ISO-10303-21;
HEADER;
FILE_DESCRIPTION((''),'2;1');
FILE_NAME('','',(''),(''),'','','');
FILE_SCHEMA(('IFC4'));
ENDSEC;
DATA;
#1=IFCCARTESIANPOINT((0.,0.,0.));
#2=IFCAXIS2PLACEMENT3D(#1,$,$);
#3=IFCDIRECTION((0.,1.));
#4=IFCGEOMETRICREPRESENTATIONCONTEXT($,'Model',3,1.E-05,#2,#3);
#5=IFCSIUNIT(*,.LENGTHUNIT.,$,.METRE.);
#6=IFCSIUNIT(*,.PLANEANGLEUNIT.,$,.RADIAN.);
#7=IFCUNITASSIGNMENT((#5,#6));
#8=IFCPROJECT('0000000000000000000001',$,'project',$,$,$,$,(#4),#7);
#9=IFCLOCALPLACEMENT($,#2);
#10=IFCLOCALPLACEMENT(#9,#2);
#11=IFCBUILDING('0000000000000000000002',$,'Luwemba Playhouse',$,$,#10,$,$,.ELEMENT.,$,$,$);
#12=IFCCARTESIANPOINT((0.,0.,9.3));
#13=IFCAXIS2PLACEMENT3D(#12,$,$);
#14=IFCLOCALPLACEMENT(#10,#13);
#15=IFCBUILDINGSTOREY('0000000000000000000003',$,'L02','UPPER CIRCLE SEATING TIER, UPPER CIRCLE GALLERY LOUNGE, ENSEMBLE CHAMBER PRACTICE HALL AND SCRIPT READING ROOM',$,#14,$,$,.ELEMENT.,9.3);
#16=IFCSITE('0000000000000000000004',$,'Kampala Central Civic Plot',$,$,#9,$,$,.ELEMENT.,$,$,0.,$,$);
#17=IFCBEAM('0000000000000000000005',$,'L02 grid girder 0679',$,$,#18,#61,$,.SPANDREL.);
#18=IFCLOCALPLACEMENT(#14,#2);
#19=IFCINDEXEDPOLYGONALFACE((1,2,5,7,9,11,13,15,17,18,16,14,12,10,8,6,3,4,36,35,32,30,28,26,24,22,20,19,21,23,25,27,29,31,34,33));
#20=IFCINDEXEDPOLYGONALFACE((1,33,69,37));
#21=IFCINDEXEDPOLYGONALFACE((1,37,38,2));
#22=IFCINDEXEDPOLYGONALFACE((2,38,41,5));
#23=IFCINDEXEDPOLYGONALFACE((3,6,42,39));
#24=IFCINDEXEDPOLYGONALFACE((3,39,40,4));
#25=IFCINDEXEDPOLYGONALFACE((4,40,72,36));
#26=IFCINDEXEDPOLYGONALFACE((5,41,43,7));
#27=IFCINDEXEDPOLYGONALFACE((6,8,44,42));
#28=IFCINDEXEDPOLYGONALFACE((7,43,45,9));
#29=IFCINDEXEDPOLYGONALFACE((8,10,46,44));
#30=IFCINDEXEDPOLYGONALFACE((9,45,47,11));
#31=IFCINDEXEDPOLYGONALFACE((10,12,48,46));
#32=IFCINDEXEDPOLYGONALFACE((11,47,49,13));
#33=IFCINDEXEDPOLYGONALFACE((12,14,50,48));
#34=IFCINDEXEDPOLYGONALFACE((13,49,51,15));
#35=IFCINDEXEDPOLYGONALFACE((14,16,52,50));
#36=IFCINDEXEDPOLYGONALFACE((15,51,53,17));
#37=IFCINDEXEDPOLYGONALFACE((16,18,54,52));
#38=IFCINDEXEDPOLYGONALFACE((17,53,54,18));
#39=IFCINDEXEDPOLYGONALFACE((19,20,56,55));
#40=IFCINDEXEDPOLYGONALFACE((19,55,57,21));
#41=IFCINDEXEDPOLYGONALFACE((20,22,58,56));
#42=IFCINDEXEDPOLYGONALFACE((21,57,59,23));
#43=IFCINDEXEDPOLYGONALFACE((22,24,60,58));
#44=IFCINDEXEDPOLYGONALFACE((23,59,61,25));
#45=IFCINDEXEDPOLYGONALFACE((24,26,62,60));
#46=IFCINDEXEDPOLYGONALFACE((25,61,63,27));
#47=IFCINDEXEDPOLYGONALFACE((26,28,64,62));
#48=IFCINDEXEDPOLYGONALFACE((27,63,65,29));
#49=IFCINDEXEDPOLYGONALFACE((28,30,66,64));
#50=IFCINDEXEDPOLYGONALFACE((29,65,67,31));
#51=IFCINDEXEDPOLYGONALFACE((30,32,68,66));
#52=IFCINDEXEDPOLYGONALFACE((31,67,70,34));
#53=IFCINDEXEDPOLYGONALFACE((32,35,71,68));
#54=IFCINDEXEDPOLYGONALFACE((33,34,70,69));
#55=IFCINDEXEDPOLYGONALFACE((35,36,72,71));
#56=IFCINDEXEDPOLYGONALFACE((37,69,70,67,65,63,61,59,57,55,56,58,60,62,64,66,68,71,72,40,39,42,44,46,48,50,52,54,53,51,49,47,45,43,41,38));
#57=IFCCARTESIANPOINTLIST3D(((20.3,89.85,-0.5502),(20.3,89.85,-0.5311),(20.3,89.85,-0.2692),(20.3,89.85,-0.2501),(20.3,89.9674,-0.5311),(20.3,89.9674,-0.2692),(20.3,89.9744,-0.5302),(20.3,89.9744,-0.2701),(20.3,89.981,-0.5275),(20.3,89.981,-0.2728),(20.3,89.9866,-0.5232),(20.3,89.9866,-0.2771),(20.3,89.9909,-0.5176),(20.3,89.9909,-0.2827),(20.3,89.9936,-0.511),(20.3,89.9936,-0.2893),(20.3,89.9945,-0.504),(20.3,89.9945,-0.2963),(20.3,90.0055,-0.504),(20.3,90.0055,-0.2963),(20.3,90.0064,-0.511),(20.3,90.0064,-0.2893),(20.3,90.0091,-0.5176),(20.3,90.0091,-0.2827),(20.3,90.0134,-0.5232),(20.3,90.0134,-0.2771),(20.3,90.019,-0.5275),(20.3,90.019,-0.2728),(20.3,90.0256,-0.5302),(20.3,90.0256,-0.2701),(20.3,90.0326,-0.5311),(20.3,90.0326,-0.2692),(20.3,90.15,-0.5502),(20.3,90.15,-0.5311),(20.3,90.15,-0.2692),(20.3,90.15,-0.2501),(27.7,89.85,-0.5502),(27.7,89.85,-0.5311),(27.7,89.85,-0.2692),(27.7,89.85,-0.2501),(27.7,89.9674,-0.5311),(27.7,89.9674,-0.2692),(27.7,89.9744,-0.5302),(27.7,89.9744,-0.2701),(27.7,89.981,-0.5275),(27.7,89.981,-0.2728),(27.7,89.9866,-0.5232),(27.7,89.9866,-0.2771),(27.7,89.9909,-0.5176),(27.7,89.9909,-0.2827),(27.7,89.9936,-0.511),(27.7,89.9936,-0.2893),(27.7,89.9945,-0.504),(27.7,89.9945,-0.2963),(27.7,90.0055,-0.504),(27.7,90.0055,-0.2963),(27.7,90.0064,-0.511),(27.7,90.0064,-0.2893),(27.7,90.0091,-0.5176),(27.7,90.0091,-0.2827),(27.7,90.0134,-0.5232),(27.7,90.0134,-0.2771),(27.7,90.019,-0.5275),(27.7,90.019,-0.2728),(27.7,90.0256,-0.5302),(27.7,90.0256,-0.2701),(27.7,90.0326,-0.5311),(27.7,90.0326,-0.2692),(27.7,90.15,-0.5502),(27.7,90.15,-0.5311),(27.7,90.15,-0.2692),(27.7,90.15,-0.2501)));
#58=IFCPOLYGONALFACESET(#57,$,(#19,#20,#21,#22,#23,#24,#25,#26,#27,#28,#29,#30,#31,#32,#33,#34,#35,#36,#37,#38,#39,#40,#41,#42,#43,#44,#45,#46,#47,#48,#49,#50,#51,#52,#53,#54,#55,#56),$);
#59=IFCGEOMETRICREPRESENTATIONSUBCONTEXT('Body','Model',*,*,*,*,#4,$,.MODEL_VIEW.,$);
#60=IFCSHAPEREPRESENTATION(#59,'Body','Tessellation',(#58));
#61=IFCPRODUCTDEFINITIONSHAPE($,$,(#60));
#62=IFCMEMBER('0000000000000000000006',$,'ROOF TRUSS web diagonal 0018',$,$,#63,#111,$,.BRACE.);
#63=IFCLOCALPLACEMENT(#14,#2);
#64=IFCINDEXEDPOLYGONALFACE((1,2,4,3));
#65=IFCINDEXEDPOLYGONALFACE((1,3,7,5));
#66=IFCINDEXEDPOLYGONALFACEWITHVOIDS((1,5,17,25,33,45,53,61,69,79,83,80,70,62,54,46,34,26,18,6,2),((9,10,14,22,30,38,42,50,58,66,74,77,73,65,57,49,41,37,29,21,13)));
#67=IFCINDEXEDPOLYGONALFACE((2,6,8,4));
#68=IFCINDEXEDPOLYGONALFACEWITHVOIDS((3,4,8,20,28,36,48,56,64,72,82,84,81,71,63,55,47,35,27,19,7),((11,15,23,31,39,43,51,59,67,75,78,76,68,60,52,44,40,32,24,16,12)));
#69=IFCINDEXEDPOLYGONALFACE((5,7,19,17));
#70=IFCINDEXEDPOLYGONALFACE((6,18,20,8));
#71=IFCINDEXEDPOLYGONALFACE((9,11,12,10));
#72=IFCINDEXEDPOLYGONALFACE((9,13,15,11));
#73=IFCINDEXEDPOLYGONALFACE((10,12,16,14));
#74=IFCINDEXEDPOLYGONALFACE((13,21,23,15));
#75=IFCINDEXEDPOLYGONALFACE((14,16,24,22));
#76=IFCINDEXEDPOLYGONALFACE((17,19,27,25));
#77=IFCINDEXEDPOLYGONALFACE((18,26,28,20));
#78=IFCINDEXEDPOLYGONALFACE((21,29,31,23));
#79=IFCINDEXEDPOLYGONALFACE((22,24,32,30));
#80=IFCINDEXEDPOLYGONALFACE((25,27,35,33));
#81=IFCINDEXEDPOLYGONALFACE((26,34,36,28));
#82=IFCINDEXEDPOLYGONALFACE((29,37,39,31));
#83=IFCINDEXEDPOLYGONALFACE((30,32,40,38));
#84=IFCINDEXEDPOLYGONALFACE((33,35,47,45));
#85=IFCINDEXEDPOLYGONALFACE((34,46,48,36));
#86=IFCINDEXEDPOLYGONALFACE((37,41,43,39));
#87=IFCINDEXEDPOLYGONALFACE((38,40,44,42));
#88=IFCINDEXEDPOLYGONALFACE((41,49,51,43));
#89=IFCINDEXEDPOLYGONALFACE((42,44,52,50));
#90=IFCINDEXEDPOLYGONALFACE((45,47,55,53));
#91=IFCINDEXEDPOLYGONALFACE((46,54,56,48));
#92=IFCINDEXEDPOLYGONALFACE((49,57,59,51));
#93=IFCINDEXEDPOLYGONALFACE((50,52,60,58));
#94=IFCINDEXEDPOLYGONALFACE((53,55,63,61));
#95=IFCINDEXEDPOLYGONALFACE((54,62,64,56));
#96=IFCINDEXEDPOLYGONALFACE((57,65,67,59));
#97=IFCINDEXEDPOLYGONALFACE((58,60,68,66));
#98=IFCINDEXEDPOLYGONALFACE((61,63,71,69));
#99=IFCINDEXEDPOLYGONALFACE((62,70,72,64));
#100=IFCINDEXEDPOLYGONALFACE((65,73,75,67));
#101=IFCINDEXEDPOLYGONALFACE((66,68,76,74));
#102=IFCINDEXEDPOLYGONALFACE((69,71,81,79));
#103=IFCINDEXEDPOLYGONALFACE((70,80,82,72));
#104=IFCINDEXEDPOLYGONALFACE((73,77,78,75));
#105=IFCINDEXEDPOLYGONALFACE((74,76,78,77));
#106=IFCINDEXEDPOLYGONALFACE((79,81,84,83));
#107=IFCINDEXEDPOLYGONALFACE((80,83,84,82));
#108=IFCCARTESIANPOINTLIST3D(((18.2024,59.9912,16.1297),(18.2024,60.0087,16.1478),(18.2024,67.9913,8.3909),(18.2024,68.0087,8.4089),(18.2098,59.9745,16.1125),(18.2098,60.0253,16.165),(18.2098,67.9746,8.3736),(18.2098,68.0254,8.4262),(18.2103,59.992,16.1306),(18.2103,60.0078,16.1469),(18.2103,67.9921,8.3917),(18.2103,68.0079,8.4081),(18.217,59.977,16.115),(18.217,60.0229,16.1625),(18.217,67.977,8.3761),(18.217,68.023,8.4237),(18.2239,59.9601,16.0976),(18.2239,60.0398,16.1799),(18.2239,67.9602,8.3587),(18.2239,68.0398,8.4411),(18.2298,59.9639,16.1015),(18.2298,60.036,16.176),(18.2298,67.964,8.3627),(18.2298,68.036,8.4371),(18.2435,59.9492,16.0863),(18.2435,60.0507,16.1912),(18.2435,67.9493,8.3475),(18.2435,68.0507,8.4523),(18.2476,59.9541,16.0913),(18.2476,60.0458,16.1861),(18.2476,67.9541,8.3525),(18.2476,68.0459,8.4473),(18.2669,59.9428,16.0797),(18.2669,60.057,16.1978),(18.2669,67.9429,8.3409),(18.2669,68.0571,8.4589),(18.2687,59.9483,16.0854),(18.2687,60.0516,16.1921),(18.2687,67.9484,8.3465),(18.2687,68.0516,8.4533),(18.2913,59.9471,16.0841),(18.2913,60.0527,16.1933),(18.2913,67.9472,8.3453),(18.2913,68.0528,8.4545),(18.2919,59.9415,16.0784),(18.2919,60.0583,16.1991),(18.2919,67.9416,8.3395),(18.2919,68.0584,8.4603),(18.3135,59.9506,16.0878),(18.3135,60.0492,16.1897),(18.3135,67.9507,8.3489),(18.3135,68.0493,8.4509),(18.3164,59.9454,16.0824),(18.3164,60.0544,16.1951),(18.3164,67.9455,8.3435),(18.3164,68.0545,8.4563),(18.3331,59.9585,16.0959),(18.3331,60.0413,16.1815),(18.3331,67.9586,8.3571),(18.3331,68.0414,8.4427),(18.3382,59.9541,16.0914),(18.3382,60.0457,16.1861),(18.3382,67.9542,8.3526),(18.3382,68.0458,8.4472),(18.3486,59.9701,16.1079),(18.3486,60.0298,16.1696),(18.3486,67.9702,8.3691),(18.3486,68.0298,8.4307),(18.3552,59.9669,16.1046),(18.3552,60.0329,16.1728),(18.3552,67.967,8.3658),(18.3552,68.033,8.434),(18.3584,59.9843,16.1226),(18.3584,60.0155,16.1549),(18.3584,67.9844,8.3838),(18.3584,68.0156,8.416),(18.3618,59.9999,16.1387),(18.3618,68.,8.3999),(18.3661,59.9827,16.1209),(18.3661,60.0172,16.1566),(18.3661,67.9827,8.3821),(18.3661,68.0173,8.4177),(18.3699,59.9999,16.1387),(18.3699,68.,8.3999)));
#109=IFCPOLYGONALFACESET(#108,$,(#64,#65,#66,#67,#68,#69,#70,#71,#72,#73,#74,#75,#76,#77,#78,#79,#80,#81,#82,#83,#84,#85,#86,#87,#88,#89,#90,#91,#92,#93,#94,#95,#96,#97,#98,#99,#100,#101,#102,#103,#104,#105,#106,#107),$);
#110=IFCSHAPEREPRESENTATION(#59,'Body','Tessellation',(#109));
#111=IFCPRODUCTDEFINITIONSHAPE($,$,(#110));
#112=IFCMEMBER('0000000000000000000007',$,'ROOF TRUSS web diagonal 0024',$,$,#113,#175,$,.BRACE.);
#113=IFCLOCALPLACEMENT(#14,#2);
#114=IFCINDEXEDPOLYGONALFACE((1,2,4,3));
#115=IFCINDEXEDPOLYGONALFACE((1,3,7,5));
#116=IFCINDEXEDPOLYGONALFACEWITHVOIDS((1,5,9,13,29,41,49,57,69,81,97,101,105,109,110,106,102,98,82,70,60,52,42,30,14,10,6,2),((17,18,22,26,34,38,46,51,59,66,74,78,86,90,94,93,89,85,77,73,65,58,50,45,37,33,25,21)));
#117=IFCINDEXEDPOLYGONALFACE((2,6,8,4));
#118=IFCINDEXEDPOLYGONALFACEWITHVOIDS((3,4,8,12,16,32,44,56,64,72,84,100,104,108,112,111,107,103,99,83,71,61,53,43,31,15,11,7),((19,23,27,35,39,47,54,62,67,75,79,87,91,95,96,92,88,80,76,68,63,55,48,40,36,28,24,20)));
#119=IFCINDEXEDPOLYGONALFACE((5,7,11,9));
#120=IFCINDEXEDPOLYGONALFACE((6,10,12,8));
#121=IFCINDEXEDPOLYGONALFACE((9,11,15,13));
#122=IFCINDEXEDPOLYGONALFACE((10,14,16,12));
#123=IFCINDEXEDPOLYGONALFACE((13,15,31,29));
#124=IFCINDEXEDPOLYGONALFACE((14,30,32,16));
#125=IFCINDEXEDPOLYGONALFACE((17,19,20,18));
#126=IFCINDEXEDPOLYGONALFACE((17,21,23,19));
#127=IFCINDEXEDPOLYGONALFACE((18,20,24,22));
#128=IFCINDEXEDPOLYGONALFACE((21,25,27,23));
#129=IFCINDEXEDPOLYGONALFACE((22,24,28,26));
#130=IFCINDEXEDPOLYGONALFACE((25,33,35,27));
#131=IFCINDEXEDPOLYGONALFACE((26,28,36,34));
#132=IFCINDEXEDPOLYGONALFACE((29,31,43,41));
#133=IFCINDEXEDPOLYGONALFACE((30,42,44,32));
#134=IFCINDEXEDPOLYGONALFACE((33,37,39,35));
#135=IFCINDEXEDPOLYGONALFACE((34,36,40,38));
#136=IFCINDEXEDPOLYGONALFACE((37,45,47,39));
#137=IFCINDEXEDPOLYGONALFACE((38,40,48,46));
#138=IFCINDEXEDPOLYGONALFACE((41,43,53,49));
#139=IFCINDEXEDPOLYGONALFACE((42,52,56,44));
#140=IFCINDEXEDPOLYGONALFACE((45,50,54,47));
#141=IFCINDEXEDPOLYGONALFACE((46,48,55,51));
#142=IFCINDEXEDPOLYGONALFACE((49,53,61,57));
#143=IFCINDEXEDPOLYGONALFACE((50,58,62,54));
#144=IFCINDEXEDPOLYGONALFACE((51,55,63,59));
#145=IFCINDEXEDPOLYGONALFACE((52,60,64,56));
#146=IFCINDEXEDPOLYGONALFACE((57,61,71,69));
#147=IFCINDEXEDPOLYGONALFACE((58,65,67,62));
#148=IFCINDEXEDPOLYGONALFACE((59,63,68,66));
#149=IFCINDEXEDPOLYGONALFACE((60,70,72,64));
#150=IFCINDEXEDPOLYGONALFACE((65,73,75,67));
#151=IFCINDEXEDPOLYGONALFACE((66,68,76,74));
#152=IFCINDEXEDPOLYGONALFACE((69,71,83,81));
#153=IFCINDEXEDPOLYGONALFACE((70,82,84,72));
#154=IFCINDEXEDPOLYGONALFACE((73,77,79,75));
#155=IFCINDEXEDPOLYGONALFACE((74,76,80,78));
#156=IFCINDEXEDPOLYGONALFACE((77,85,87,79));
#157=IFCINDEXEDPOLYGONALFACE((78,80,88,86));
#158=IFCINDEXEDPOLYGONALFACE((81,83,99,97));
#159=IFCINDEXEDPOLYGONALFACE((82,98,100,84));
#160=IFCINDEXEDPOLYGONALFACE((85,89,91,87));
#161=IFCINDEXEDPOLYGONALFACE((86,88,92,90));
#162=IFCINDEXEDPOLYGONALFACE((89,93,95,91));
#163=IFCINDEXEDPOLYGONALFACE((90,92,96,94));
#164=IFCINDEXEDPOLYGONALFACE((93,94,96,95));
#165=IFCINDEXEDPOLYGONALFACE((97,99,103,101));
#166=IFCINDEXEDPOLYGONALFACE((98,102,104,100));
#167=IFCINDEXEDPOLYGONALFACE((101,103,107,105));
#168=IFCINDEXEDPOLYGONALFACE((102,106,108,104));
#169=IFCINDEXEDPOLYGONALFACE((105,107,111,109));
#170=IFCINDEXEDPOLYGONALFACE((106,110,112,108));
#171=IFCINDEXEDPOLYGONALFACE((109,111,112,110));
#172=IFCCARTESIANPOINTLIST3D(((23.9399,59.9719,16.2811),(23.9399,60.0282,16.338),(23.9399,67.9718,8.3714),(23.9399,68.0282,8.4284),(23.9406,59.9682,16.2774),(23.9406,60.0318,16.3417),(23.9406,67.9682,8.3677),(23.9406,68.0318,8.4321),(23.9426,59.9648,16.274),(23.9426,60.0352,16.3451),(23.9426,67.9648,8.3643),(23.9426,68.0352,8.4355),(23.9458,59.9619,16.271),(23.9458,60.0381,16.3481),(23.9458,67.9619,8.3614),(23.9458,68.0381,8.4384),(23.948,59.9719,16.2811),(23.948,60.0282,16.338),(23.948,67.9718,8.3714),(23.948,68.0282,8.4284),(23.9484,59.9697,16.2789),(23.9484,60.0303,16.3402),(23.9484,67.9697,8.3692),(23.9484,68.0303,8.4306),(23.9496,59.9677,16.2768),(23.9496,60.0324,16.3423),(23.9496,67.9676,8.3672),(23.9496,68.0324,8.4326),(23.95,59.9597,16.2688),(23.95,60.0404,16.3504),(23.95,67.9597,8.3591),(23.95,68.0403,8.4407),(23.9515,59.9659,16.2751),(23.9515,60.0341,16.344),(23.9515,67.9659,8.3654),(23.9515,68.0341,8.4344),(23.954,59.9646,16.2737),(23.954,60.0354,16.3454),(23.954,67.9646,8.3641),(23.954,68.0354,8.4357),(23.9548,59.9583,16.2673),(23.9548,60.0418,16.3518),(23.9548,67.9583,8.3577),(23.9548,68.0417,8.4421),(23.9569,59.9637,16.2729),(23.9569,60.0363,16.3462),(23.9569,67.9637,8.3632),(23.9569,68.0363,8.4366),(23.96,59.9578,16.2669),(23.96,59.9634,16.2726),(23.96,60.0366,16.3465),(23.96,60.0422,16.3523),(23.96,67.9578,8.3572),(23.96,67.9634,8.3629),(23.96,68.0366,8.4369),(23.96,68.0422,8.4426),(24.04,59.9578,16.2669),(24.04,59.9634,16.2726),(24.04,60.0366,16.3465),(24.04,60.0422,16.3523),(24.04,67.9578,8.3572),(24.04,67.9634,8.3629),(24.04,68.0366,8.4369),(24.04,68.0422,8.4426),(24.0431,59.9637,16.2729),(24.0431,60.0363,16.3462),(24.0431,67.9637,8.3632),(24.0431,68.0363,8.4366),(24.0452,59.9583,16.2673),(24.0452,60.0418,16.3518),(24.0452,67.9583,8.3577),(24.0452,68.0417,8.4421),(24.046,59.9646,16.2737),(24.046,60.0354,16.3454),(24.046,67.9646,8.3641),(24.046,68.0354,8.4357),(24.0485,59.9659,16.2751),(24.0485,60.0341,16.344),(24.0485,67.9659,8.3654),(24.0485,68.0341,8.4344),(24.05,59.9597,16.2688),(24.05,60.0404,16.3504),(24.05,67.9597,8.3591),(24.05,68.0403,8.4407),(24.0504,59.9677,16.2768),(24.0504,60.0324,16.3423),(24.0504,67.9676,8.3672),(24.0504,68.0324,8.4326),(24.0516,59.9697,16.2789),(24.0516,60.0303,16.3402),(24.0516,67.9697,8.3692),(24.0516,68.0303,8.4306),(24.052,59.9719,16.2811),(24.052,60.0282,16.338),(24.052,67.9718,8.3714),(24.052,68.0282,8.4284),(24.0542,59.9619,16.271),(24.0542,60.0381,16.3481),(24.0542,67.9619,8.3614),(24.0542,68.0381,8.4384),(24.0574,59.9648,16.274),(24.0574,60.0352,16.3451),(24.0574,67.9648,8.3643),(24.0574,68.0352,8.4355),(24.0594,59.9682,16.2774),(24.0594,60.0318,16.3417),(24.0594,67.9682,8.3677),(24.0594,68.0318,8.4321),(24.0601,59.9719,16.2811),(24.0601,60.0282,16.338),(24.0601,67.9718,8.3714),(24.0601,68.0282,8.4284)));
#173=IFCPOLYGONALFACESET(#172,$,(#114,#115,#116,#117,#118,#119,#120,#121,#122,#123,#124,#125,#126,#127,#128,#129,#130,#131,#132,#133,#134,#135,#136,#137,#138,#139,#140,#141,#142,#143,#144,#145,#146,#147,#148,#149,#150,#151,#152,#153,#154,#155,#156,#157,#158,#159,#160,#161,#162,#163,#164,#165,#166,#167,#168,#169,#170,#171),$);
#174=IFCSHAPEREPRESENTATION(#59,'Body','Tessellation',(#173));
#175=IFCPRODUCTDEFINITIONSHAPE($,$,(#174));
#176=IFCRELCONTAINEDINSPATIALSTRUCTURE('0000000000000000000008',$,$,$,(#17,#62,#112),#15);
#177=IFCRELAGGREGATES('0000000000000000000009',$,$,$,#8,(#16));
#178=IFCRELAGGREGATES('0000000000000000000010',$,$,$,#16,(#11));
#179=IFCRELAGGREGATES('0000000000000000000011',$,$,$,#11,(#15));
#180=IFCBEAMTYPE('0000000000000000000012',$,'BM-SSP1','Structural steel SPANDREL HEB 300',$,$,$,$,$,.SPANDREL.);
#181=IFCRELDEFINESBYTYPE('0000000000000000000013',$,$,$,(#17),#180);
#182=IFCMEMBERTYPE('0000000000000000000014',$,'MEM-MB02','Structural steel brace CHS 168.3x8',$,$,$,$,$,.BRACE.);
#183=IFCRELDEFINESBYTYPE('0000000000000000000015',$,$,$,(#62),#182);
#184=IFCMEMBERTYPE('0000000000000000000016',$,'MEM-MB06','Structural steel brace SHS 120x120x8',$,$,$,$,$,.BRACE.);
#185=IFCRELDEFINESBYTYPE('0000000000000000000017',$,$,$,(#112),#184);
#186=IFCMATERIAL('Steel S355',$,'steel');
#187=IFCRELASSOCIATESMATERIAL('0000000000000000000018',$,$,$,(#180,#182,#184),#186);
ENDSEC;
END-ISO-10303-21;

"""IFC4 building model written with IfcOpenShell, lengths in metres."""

from ifc_helpers import new_model, si_unit, direction, frame, origin, origin_2d, place, context, subcontext, project, spatial, hollow_rectangle, hollow_circle, i_section, extrude, material, material_profile, profile_set, type_object, element, save


model = new_model("IFC4")

# Units and contexts
model_context = context("Model", 3, precision=1e-05, world=origin(), true_north=direction((0.0, 1.0)))
body_context = subcontext(model_context, "Body", "Model", "MODEL_VIEW")
ifc_project = project(units=[si_unit("LENGTHUNIT", "METRE"), si_unit("PLANEANGLEUNIT", "RADIAN")], contexts=[model_context])

# Site, building, storey
site_placement = place(None, origin())
site = spatial("IfcSite", under=ifc_project, at=site_placement, Name="Kampala Central Civic Plot", CompositionType="ELEMENT", RefElevation=0.0)
building_placement = place(site_placement, origin())
building = spatial("IfcBuilding", under=site, at=building_placement, Name="Luwemba Playhouse", CompositionType="ELEMENT")
storey_placement = place(building_placement, frame((0.0, 0.0, 9.3)))
storey = spatial("IfcBuildingStorey", under=building, at=storey_placement, Name="L02", Description="UPPER CIRCLE SEATING TIER, UPPER CIRCLE GALLERY LOUNGE, ENSEMBLE CHAMBER PRACTICE HALL AND SCRIPT READING ROOM", CompositionType="ELEMENT", Elevation=9.3)

# Beam
ifc_material_1 = material(Name="Steel S355", Category="steel")
ifc_material_profile_1 = material_profile(ifc_material_1, i_section(OverallWidth=0.3, OverallDepth=0.3, WebThickness=0.011, FlangeThickness=0.019, FilletRadius=0.0271, at=origin_2d()))
ifc_profile_set_1 = profile_set([ifc_material_profile_1], Name="Steel S355")
beam_type_1 = type_object("IfcBeamType", Name="BM-SSP1", Description="Structural steel SPANDREL HEB 300", PredefinedType="SPANDREL", material=ifc_profile_set_1)
beam_1_placement = place(storey_placement, frame((20.3, 90.0, -0.4001), z_axis=(1.0, 0.0, 0.0), x_axis=(0.0, 1.0, 0.0)))
element("IfcBeam", 1, at=beam_1_placement, inside=storey, type_object=beam_type_1, Name="L02 grid girder 0679", PredefinedType="SPANDREL", context=body_context, shape_type="SweptSolid", body=[
    extrude(i_section(OverallWidth=0.3, OverallDepth=0.3, WebThickness=0.011, FlangeThickness=0.019, FilletRadius=0.0271, at=origin_2d()), origin(), (0.0, 0.0, 1.0), 7.3999),
])

# Members
ifc_material_profile_2 = material_profile(ifc_material_1, hollow_circle(Radius=0.0842, WallThickness=0.0081, at=origin_2d()))
ifc_profile_set_2 = profile_set([ifc_material_profile_2], Name="Steel S355")
member_type_1 = type_object("IfcMemberType", Name="MEM-MB02", Description="Structural steel brace CHS 168.3x8", PredefinedType="BRACE", material=ifc_profile_set_2)
member_1_placement = place(storey_placement, frame((18.2856, 68.0, 8.3999), z_axis=(0.0, -0.718744, 0.695275), x_axis=(1.0, 0.0, 0.0)))
element("IfcMember", 2, at=member_1_placement, inside=storey, type_object=member_type_1, Name="ROOF TRUSS web diagonal 0018", PredefinedType="BRACE", context=body_context, shape_type="SweptSolid", body=[
    extrude(hollow_circle(Radius=0.0842, WallThickness=0.0081, at=origin_2d()), origin(), (0.0, 0.0, 1.0), 11.1306),
])
ifc_material_profile_3 = material_profile(ifc_material_1, hollow_rectangle(XDim=0.1201, YDim=0.1201, WallThickness=0.0081, InnerFilletRadius=0.012, OuterFilletRadius=0.02, at=origin_2d()))
ifc_profile_set_3 = profile_set([ifc_material_profile_3], Name="Steel S355")
member_type_2 = type_object("IfcMemberType", Name="MEM-MB06", Description="Structural steel brace SHS 120x120x8", PredefinedType="BRACE", material=ifc_profile_set_3)
member_2_placement = place(storey_placement, frame((24.0, 68.0, 8.3999), z_axis=(0.0, -0.71111, 0.703081), x_axis=(1.0, 0.0, 0.0)))
element("IfcMember", 3, at=member_2_placement, inside=storey, type_object=member_type_2, Name="ROOF TRUSS web diagonal 0024", PredefinedType="BRACE", context=body_context, shape_type="SweptSolid", body=[
    extrude(hollow_rectangle(XDim=0.1201, YDim=0.1201, WallThickness=0.0081, InnerFilletRadius=0.012, OuterFilletRadius=0.02, at=origin_2d()), origin(), (0.0, 0.0, 1.0), 11.25),
])

save(model, "model.ifc")
